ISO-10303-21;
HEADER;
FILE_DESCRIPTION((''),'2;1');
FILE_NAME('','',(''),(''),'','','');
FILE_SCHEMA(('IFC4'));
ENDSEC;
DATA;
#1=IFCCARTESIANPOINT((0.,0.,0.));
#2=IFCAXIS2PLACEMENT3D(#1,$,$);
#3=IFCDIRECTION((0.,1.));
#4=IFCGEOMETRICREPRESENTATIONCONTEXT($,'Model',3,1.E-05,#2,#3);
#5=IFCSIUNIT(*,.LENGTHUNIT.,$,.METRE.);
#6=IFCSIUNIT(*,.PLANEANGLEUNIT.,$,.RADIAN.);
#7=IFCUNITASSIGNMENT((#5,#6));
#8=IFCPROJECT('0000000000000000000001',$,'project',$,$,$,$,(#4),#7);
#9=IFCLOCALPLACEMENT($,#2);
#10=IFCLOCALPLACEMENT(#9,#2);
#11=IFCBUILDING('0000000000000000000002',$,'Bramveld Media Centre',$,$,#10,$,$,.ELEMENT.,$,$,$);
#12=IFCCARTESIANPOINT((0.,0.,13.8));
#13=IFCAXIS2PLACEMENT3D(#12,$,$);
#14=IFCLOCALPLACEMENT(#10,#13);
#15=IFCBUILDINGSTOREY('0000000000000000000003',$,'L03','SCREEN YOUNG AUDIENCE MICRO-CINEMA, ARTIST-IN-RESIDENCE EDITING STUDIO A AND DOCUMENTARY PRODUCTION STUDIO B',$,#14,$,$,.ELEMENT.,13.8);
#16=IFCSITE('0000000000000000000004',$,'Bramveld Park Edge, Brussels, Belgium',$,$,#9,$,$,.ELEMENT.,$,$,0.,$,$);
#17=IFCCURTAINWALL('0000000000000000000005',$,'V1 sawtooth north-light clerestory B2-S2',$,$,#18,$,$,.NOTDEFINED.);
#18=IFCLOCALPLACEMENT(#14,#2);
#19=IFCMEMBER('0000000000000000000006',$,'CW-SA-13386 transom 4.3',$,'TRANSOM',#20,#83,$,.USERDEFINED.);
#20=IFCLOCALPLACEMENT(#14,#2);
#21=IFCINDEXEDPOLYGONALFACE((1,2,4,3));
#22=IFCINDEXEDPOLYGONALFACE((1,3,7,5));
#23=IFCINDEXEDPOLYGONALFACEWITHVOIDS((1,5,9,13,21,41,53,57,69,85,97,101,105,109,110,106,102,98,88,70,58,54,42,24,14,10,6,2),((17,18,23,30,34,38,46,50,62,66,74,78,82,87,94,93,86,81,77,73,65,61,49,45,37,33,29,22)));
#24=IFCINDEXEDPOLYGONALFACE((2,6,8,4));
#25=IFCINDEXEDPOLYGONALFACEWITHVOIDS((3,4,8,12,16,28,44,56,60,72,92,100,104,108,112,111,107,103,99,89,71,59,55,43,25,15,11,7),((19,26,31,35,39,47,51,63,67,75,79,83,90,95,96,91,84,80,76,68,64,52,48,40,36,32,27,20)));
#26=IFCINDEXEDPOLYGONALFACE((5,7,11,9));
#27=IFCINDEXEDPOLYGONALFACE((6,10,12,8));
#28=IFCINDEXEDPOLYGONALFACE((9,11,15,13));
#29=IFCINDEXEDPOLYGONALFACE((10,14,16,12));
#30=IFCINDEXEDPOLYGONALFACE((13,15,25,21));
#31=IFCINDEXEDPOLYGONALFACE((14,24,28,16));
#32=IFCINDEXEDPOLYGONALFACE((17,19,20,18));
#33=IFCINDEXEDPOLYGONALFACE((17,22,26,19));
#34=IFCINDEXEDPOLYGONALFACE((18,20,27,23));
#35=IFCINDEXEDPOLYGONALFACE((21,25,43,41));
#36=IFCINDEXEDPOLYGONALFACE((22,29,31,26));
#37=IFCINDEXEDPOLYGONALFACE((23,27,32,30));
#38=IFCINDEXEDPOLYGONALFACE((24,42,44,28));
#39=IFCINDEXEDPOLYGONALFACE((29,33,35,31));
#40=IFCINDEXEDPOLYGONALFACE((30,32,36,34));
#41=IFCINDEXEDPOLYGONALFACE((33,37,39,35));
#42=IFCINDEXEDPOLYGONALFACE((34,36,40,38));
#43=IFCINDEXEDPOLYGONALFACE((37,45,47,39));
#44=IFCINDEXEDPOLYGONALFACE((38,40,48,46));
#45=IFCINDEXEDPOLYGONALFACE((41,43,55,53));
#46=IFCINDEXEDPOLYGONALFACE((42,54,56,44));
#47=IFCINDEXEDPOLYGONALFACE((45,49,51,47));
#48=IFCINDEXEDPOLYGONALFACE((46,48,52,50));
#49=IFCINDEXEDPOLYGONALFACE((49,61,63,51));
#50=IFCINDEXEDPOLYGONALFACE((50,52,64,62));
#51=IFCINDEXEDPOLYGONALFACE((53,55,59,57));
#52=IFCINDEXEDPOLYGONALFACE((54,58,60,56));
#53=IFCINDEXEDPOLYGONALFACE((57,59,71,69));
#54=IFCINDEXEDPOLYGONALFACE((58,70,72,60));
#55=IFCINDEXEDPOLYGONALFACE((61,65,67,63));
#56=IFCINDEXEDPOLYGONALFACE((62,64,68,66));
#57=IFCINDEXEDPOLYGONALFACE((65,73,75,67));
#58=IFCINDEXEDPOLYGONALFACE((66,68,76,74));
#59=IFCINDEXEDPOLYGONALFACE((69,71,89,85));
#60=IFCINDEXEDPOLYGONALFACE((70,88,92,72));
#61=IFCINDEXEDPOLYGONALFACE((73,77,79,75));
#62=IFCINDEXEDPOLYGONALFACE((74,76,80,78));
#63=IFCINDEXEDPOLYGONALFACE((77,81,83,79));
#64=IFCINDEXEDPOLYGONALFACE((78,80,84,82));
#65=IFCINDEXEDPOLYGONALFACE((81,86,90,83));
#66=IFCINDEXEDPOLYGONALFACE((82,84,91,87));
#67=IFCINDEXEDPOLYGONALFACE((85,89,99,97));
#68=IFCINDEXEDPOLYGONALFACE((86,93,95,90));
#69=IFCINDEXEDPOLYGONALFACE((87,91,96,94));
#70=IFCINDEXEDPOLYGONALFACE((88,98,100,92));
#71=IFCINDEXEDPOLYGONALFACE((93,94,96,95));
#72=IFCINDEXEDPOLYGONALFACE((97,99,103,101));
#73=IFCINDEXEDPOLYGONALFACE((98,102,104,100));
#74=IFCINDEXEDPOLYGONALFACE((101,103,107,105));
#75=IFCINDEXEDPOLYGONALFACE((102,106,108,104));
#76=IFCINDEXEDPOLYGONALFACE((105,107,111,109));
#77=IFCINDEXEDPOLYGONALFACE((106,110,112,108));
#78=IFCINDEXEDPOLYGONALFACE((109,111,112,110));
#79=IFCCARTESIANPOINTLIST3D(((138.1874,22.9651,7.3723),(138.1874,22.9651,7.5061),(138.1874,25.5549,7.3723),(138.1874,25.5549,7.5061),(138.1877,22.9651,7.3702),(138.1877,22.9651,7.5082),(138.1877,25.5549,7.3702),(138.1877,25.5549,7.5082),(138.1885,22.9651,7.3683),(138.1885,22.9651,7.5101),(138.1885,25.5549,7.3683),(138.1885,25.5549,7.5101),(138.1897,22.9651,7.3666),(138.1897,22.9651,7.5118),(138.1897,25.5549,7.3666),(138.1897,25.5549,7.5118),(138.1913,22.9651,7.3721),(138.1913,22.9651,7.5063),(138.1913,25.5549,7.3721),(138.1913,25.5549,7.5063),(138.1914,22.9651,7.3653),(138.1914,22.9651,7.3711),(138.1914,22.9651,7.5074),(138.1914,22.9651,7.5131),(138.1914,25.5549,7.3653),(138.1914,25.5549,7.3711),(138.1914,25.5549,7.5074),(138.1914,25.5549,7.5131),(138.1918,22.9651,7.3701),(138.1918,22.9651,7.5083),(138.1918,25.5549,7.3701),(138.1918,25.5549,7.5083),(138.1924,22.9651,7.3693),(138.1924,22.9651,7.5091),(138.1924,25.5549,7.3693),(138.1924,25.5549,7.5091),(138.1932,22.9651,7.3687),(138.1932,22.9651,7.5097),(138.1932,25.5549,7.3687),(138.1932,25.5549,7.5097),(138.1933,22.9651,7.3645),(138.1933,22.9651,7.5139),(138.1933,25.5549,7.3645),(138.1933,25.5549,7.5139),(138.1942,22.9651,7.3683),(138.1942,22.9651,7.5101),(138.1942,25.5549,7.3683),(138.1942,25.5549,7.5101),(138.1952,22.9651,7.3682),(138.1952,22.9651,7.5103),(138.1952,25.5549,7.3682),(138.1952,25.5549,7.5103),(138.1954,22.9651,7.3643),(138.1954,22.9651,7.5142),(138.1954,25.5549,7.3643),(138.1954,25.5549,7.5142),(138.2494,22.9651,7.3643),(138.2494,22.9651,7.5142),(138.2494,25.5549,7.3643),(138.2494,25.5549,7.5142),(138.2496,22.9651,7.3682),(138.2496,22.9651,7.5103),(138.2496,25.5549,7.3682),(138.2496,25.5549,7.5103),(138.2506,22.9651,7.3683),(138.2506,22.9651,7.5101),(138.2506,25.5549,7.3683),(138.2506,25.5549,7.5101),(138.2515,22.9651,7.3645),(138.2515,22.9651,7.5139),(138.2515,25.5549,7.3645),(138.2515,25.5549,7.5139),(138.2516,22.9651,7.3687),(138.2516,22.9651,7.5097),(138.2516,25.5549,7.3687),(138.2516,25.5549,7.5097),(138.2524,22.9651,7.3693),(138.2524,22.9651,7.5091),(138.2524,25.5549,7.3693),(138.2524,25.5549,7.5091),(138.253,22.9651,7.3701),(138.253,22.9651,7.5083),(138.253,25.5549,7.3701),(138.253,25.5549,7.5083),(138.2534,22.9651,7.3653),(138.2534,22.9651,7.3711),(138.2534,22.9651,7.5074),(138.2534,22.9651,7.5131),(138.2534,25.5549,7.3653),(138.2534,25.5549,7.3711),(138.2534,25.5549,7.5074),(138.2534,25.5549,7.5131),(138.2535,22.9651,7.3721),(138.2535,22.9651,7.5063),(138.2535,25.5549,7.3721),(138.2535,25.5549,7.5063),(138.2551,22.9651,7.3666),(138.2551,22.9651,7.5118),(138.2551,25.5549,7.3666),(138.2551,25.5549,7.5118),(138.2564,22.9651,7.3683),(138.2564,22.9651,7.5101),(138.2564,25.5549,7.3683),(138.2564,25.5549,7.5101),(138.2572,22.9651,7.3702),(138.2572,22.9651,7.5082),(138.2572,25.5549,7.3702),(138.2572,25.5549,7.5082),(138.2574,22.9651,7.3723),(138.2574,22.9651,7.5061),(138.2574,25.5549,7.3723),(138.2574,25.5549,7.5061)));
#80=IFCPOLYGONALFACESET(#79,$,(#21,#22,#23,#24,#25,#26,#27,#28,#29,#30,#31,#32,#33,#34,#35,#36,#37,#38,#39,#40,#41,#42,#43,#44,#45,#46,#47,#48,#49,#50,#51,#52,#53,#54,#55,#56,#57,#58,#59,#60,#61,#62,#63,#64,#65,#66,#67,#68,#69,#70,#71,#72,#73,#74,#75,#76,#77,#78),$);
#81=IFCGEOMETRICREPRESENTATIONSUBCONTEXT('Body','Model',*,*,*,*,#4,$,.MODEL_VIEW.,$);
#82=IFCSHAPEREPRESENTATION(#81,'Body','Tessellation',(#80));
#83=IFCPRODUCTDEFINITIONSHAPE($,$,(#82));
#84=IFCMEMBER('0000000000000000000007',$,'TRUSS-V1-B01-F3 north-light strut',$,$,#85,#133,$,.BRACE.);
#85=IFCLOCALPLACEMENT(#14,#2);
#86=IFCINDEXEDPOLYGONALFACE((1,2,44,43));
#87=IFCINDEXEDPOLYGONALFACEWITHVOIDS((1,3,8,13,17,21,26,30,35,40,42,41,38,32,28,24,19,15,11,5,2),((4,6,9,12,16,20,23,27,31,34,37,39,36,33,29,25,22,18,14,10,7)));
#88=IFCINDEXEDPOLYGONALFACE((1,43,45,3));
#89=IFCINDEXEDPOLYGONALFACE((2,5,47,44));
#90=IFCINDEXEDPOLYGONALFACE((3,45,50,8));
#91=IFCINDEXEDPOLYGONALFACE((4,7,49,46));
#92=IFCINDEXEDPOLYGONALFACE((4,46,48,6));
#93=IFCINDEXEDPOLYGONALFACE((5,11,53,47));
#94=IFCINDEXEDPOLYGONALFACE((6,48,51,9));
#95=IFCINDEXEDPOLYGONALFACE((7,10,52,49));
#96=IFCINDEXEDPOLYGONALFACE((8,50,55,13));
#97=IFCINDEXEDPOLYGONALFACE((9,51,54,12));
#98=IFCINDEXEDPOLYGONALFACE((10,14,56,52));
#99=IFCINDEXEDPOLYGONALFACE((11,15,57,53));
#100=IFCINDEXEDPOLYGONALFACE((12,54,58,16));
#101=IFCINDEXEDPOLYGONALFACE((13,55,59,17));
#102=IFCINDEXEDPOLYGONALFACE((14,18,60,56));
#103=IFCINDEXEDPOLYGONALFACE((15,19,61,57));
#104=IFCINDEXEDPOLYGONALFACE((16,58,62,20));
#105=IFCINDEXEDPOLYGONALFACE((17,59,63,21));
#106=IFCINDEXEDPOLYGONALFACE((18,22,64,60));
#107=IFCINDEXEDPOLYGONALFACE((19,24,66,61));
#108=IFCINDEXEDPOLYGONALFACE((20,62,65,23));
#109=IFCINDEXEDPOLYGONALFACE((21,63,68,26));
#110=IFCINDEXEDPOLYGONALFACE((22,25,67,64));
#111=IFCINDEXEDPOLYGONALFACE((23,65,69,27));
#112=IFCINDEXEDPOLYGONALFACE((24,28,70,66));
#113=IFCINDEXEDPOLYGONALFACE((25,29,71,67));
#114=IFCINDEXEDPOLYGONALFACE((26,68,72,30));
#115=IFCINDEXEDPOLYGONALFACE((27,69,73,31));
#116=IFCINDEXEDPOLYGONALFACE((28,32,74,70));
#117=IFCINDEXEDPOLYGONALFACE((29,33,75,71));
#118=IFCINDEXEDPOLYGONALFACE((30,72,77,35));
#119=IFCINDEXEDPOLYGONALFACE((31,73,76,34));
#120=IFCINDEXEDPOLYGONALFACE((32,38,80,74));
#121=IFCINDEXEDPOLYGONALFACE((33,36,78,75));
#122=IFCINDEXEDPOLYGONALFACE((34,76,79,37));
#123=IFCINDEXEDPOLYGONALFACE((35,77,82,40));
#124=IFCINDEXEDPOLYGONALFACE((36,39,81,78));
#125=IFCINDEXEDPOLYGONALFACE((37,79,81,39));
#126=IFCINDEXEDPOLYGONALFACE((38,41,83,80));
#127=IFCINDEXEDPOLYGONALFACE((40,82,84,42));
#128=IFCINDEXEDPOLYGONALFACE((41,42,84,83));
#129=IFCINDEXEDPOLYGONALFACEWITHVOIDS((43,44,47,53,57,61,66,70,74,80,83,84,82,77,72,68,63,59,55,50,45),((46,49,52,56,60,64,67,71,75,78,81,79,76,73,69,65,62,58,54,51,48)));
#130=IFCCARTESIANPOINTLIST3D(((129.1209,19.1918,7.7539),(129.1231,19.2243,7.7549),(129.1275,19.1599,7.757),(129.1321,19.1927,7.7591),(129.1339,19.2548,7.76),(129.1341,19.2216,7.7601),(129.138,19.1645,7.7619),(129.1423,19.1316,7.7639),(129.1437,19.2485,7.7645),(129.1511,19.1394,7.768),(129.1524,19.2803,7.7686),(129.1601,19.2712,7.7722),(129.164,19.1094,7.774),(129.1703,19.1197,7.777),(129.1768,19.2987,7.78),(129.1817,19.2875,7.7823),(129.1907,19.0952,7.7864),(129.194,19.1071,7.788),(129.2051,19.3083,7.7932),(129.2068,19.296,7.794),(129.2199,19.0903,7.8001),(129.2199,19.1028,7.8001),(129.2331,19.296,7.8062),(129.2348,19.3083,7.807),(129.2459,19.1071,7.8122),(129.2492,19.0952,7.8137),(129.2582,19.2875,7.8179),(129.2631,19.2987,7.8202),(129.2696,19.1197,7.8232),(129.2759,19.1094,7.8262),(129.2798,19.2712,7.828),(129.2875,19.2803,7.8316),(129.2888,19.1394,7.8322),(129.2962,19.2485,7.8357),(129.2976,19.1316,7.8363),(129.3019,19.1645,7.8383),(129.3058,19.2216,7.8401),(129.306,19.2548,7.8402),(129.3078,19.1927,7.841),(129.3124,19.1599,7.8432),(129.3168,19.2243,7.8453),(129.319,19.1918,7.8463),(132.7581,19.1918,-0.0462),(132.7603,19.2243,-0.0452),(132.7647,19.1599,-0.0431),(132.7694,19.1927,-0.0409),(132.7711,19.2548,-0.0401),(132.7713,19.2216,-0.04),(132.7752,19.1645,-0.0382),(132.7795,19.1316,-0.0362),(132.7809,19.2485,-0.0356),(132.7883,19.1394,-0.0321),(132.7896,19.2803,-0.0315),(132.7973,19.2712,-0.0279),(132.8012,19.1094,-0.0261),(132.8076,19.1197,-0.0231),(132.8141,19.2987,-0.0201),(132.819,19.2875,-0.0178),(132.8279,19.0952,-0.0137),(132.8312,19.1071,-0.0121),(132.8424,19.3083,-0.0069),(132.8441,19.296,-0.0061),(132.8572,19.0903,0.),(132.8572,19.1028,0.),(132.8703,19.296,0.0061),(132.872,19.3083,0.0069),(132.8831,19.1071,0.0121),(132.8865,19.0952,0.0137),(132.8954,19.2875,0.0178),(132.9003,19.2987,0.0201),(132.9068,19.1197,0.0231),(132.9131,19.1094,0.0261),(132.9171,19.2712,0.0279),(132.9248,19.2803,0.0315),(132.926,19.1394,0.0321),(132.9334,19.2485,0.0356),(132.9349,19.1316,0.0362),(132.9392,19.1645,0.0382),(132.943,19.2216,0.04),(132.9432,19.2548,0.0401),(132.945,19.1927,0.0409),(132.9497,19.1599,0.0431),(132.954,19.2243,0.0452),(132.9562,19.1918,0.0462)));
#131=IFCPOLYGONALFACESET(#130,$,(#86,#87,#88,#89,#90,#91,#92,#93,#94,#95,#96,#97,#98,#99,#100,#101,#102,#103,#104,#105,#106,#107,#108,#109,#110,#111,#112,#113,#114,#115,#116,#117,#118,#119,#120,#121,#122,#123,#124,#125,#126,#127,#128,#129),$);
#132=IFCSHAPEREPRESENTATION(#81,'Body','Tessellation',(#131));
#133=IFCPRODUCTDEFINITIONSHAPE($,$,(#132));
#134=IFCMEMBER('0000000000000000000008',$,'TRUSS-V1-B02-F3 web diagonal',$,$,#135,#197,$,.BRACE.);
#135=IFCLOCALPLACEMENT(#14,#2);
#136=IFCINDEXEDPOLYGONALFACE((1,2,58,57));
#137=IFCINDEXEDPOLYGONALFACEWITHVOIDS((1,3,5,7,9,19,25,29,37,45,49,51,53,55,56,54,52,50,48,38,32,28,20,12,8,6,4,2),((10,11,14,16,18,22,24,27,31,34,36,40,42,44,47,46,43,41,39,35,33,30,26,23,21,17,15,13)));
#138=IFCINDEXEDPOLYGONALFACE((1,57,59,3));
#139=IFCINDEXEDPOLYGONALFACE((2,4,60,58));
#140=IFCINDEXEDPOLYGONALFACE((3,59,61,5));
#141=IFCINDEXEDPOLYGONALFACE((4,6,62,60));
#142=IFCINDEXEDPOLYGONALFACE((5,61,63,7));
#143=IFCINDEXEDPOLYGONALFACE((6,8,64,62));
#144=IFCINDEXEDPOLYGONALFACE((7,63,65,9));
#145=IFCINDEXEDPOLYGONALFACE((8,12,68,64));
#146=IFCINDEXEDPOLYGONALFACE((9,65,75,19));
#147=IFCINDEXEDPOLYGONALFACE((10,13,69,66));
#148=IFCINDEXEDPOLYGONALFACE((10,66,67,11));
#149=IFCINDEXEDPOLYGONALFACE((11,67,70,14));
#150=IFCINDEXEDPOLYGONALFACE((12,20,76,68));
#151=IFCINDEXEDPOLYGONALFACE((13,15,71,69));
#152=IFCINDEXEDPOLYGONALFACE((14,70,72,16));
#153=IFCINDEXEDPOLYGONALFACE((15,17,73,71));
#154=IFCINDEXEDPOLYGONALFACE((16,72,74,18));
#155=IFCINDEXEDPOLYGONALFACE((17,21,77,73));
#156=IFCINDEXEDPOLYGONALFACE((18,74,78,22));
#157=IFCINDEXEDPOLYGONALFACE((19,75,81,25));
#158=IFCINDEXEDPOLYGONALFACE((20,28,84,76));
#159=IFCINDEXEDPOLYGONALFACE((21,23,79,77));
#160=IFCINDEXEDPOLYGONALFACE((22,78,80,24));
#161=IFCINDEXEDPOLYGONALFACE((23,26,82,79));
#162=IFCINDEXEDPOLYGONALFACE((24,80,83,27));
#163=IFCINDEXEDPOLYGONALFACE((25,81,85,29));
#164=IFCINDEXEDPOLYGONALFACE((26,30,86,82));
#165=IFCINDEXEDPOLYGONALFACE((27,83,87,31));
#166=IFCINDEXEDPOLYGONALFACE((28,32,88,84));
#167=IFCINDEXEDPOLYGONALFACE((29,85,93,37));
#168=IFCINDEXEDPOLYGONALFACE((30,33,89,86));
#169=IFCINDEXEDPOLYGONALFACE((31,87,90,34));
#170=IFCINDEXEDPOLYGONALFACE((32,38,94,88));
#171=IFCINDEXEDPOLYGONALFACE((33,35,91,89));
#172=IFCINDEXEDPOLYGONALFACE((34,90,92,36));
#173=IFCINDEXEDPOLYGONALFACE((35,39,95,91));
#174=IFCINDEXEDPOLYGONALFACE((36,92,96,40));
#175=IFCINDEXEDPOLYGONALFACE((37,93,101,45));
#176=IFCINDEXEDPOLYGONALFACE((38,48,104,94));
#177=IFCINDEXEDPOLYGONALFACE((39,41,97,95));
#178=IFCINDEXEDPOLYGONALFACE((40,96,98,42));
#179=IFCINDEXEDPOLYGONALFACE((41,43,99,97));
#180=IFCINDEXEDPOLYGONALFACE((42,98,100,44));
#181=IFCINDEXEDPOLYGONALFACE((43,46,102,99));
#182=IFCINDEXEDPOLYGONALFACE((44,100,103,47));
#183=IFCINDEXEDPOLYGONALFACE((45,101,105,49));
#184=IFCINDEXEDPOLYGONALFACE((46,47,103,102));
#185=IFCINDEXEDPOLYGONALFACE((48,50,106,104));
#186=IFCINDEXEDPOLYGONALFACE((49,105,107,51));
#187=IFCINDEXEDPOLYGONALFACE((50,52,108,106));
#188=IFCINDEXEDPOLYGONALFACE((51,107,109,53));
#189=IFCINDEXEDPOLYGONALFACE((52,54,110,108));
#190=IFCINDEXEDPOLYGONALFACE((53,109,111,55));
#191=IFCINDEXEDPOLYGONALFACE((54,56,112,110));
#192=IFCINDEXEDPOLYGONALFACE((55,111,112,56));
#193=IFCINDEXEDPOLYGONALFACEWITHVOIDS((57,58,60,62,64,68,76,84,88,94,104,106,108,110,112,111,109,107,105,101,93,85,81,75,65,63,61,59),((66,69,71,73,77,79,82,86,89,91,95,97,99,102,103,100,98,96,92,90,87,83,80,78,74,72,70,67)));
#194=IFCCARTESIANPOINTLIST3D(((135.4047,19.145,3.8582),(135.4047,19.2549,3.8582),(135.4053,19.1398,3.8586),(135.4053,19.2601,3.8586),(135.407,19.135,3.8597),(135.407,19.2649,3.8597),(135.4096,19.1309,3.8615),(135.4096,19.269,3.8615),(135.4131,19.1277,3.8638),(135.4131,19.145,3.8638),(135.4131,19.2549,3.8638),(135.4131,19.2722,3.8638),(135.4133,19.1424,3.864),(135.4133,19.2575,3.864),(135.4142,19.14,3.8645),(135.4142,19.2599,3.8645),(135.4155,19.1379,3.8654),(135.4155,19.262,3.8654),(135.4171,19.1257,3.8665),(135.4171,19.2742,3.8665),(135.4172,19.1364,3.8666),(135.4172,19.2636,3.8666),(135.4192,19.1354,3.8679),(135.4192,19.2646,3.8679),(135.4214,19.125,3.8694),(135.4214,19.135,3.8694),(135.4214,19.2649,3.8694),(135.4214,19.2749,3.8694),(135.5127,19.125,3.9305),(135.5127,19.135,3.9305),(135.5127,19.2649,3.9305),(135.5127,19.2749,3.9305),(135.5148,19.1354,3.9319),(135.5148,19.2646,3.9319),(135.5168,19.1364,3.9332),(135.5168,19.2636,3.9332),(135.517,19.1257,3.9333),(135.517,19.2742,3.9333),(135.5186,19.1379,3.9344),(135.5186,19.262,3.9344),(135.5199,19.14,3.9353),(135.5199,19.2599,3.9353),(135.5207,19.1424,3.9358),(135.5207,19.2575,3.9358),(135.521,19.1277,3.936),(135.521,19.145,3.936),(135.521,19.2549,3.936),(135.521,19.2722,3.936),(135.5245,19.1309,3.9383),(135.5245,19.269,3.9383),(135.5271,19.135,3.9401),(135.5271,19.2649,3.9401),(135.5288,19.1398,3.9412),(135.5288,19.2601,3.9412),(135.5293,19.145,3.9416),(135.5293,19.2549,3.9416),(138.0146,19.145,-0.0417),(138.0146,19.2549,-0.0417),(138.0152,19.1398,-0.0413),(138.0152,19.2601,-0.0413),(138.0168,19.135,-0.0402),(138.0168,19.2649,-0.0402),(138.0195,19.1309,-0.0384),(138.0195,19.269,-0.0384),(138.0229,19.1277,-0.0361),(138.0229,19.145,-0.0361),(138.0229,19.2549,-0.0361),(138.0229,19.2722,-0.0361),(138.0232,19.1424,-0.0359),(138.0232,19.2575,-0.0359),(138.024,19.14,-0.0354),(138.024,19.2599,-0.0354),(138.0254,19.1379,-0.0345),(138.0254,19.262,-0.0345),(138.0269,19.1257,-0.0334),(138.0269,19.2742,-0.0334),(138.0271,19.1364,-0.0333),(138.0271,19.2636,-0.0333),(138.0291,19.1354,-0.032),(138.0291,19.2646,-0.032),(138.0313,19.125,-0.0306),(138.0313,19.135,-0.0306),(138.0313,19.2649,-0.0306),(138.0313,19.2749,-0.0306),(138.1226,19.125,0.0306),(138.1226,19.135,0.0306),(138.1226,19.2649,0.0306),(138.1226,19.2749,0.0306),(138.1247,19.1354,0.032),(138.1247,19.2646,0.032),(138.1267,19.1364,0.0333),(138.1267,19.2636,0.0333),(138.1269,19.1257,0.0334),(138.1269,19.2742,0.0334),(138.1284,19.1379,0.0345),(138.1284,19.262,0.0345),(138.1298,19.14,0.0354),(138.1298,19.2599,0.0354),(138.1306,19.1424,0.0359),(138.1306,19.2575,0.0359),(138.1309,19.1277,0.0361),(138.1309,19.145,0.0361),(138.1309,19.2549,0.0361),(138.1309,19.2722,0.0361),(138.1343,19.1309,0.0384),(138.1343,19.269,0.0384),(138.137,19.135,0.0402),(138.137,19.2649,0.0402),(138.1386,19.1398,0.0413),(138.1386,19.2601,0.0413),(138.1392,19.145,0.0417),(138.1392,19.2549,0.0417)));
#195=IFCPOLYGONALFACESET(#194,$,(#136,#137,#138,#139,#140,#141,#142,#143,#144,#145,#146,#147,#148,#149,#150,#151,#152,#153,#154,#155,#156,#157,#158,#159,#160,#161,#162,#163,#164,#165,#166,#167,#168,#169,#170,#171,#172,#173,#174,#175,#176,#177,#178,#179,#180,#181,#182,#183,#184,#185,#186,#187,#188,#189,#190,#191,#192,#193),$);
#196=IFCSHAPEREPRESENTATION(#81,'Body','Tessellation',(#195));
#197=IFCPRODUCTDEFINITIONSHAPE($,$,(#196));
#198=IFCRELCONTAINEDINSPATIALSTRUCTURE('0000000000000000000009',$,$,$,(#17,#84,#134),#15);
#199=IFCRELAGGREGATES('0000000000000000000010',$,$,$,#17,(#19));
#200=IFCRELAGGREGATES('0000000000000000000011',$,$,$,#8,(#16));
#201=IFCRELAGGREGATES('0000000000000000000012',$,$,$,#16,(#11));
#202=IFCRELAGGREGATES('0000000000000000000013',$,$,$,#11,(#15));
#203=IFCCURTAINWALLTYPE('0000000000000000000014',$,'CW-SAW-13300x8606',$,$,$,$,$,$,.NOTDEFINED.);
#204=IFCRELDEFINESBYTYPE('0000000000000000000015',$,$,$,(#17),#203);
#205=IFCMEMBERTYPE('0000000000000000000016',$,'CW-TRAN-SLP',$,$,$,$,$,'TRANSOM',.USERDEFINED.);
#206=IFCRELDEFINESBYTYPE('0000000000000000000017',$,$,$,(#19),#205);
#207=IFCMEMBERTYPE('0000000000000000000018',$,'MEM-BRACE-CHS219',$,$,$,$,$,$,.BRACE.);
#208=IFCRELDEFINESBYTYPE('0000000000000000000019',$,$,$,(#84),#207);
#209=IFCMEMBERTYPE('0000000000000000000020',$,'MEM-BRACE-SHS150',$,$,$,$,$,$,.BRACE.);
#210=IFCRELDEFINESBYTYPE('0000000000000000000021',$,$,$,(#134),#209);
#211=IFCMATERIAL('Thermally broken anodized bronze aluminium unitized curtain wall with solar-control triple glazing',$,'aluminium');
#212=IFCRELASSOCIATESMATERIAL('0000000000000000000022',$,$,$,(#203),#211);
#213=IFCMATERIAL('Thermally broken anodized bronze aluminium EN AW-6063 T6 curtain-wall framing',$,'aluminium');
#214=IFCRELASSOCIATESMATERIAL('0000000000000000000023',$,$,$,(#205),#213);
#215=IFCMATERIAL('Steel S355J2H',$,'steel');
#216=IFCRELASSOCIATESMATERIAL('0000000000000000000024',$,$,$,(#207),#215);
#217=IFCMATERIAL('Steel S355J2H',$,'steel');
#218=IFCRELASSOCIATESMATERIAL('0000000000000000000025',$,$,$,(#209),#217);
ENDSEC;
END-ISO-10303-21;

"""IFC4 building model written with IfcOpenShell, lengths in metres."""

from ifc_helpers import new_model, si_unit, direction, frame, origin, origin_2d, place, context, subcontext, project, spatial, hollow_rectangle, hollow_circle, extrude, material, material_profile, profile_set, type_object, element, aggregate, save


model = new_model("IFC4")

# Units and contexts
model_context = context("Model", 3, precision=1e-05, world=origin(), true_north=direction((0.0, 1.0)))
body_context = subcontext(model_context, "Body", "Model", "MODEL_VIEW")
ifc_project = project(units=[si_unit("LENGTHUNIT", "METRE"), si_unit("PLANEANGLEUNIT", "RADIAN")], contexts=[model_context])

# Site, building, storey
site_placement = place(None, origin())
site = spatial("IfcSite", under=ifc_project, at=site_placement, Name="Bramveld Park Edge, Brussels, Belgium", CompositionType="ELEMENT", RefElevation=0.0)
building_placement = place(site_placement, origin())
building = spatial("IfcBuilding", under=site, at=building_placement, Name="Bramveld Media Centre", CompositionType="ELEMENT")
storey_placement = place(building_placement, frame((0.0, 0.0, 13.8)))
storey = spatial("IfcBuildingStorey", under=building, at=storey_placement, Name="L03", Description="SCREEN YOUNG AUDIENCE MICRO-CINEMA, ARTIST-IN-RESIDENCE EDITING STUDIO A AND DOCUMENTARY PRODUCTION STUDIO B", CompositionType="ELEMENT", Elevation=13.8)

# Curtain wall, member
ifc_material_1 = material(Name="Thermally broken anodized bronze aluminium unitized curtain wall with solar-control triple glazing", Category="aluminium")
curtain_wall_type = type_object("IfcCurtainWallType", Name="CW-SAW-13300x8606", PredefinedType="NOTDEFINED", material=ifc_material_1)
curtain_wall_1_placement = place(storey_placement, origin())
curtain_wall_1 = element("IfcCurtainWall", 1, at=curtain_wall_1_placement, inside=storey, type_object=curtain_wall_type, Name="V1 sawtooth north-light clerestory B2-S2", PredefinedType="NOTDEFINED")
ifc_material_2 = material(Name="Thermally broken anodized bronze aluminium EN AW-6063 T6 curtain-wall framing", Category="aluminium")
ifc_material_profile_1 = material_profile(ifc_material_2, hollow_rectangle(XDim=0.0701, YDim=0.1499, WallThickness=0.0039, InnerFilletRadius=0.0039, OuterFilletRadius=0.0081, at=origin_2d()), Name="AL-TRAN 70x150")
ifc_profile_set_1 = profile_set([ifc_material_profile_1], Name="Thermally broken anodized bronze aluminium EN AW-6063 T6 curtain-wall framing")
member_type_1 = type_object("IfcMemberType", Name="CW-TRAN-SLP", ElementType="TRANSOM", PredefinedType="USERDEFINED", material=ifc_profile_set_1)
member_1_placement = place(storey_placement, frame((138.2224, 22.9651, 7.4392), z_axis=(0.0, 1.0, 0.0), x_axis=(-1.0, 0.0, 0.0)))
member_1 = element("IfcMember", 2, at=member_1_placement, type_object=member_type_1, Name="CW-SA-13386 transom 4.3", ObjectType="TRANSOM", PredefinedType="USERDEFINED", context=body_context, shape_type="SweptSolid", body=[
    extrude(hollow_rectangle(XDim=0.0701, YDim=0.1499, WallThickness=0.0039, InnerFilletRadius=0.0039, OuterFilletRadius=0.0081, at=origin_2d()), origin(), (0.0, 0.0, 1.0), 2.5898),
])

# Members
ifc_material_3 = material(Name="Steel S355J2H", Category="steel")
ifc_material_profile_2 = material_profile(ifc_material_3, hollow_circle(Radius=0.1096, WallThickness=0.0125, at=origin_2d()), Name="CHS 219.1x12.5")
ifc_profile_set_2 = profile_set([ifc_material_profile_2], Name="Steel S355J2H")
member_type_2 = type_object("IfcMemberType", Name="MEM-BRACE-CHS219", PredefinedType="BRACE", material=ifc_profile_set_2)
member_2_placement = place(storey_placement, frame((132.8572, 19.2, 0.0), z_axis=(-0.422617, 0.0, 0.906308), x_axis=(0.0, -1.0, 0.0)))
element("IfcMember", 3, at=member_2_placement, inside=storey, type_object=member_type_2, Name="TRUSS-V1-B01-F3 north-light strut", PredefinedType="BRACE", context=body_context, shape_type="SweptSolid", body=[
    extrude(hollow_circle(Radius=0.1096, WallThickness=0.0125, at=origin_2d()), origin(), (0.0, 0.0, 1.0), 8.6064),
])
ifc_material_4 = material(Name="Steel S355J2H", Category="steel")
ifc_material_profile_3 = material_profile(ifc_material_4, hollow_rectangle(XDim=0.1499, YDim=0.1499, WallThickness=0.01, InnerFilletRadius=0.01, OuterFilletRadius=0.02, at=origin_2d()), Name="SHS 150x150x10")
ifc_profile_set_3 = profile_set([ifc_material_profile_3], Name="Steel S355J2H")
member_type_3 = type_object("IfcMemberType", Name="MEM-BRACE-SHS150", PredefinedType="BRACE", material=ifc_profile_set_3)
member_3_placement = place(storey_placement, frame((138.0769, 19.2, 0.0), z_axis=(-0.556164, 0.0, 0.831073), x_axis=(0.0, -1.0, 0.0)))
element("IfcMember", 4, at=member_3_placement, inside=storey, type_object=member_type_3, Name="TRUSS-V1-B02-F3 web diagonal", PredefinedType="BRACE", context=body_context, shape_type="SweptSolid", body=[
    extrude(hollow_rectangle(XDim=0.1499, YDim=0.1499, WallThickness=0.01, InnerFilletRadius=0.01, OuterFilletRadius=0.02, at=origin_2d()), origin(), (0.0, 0.0, 1.0), 4.6926),
])

aggregate(curtain_wall_1, [member_1])

save(model, "model.ifc")
